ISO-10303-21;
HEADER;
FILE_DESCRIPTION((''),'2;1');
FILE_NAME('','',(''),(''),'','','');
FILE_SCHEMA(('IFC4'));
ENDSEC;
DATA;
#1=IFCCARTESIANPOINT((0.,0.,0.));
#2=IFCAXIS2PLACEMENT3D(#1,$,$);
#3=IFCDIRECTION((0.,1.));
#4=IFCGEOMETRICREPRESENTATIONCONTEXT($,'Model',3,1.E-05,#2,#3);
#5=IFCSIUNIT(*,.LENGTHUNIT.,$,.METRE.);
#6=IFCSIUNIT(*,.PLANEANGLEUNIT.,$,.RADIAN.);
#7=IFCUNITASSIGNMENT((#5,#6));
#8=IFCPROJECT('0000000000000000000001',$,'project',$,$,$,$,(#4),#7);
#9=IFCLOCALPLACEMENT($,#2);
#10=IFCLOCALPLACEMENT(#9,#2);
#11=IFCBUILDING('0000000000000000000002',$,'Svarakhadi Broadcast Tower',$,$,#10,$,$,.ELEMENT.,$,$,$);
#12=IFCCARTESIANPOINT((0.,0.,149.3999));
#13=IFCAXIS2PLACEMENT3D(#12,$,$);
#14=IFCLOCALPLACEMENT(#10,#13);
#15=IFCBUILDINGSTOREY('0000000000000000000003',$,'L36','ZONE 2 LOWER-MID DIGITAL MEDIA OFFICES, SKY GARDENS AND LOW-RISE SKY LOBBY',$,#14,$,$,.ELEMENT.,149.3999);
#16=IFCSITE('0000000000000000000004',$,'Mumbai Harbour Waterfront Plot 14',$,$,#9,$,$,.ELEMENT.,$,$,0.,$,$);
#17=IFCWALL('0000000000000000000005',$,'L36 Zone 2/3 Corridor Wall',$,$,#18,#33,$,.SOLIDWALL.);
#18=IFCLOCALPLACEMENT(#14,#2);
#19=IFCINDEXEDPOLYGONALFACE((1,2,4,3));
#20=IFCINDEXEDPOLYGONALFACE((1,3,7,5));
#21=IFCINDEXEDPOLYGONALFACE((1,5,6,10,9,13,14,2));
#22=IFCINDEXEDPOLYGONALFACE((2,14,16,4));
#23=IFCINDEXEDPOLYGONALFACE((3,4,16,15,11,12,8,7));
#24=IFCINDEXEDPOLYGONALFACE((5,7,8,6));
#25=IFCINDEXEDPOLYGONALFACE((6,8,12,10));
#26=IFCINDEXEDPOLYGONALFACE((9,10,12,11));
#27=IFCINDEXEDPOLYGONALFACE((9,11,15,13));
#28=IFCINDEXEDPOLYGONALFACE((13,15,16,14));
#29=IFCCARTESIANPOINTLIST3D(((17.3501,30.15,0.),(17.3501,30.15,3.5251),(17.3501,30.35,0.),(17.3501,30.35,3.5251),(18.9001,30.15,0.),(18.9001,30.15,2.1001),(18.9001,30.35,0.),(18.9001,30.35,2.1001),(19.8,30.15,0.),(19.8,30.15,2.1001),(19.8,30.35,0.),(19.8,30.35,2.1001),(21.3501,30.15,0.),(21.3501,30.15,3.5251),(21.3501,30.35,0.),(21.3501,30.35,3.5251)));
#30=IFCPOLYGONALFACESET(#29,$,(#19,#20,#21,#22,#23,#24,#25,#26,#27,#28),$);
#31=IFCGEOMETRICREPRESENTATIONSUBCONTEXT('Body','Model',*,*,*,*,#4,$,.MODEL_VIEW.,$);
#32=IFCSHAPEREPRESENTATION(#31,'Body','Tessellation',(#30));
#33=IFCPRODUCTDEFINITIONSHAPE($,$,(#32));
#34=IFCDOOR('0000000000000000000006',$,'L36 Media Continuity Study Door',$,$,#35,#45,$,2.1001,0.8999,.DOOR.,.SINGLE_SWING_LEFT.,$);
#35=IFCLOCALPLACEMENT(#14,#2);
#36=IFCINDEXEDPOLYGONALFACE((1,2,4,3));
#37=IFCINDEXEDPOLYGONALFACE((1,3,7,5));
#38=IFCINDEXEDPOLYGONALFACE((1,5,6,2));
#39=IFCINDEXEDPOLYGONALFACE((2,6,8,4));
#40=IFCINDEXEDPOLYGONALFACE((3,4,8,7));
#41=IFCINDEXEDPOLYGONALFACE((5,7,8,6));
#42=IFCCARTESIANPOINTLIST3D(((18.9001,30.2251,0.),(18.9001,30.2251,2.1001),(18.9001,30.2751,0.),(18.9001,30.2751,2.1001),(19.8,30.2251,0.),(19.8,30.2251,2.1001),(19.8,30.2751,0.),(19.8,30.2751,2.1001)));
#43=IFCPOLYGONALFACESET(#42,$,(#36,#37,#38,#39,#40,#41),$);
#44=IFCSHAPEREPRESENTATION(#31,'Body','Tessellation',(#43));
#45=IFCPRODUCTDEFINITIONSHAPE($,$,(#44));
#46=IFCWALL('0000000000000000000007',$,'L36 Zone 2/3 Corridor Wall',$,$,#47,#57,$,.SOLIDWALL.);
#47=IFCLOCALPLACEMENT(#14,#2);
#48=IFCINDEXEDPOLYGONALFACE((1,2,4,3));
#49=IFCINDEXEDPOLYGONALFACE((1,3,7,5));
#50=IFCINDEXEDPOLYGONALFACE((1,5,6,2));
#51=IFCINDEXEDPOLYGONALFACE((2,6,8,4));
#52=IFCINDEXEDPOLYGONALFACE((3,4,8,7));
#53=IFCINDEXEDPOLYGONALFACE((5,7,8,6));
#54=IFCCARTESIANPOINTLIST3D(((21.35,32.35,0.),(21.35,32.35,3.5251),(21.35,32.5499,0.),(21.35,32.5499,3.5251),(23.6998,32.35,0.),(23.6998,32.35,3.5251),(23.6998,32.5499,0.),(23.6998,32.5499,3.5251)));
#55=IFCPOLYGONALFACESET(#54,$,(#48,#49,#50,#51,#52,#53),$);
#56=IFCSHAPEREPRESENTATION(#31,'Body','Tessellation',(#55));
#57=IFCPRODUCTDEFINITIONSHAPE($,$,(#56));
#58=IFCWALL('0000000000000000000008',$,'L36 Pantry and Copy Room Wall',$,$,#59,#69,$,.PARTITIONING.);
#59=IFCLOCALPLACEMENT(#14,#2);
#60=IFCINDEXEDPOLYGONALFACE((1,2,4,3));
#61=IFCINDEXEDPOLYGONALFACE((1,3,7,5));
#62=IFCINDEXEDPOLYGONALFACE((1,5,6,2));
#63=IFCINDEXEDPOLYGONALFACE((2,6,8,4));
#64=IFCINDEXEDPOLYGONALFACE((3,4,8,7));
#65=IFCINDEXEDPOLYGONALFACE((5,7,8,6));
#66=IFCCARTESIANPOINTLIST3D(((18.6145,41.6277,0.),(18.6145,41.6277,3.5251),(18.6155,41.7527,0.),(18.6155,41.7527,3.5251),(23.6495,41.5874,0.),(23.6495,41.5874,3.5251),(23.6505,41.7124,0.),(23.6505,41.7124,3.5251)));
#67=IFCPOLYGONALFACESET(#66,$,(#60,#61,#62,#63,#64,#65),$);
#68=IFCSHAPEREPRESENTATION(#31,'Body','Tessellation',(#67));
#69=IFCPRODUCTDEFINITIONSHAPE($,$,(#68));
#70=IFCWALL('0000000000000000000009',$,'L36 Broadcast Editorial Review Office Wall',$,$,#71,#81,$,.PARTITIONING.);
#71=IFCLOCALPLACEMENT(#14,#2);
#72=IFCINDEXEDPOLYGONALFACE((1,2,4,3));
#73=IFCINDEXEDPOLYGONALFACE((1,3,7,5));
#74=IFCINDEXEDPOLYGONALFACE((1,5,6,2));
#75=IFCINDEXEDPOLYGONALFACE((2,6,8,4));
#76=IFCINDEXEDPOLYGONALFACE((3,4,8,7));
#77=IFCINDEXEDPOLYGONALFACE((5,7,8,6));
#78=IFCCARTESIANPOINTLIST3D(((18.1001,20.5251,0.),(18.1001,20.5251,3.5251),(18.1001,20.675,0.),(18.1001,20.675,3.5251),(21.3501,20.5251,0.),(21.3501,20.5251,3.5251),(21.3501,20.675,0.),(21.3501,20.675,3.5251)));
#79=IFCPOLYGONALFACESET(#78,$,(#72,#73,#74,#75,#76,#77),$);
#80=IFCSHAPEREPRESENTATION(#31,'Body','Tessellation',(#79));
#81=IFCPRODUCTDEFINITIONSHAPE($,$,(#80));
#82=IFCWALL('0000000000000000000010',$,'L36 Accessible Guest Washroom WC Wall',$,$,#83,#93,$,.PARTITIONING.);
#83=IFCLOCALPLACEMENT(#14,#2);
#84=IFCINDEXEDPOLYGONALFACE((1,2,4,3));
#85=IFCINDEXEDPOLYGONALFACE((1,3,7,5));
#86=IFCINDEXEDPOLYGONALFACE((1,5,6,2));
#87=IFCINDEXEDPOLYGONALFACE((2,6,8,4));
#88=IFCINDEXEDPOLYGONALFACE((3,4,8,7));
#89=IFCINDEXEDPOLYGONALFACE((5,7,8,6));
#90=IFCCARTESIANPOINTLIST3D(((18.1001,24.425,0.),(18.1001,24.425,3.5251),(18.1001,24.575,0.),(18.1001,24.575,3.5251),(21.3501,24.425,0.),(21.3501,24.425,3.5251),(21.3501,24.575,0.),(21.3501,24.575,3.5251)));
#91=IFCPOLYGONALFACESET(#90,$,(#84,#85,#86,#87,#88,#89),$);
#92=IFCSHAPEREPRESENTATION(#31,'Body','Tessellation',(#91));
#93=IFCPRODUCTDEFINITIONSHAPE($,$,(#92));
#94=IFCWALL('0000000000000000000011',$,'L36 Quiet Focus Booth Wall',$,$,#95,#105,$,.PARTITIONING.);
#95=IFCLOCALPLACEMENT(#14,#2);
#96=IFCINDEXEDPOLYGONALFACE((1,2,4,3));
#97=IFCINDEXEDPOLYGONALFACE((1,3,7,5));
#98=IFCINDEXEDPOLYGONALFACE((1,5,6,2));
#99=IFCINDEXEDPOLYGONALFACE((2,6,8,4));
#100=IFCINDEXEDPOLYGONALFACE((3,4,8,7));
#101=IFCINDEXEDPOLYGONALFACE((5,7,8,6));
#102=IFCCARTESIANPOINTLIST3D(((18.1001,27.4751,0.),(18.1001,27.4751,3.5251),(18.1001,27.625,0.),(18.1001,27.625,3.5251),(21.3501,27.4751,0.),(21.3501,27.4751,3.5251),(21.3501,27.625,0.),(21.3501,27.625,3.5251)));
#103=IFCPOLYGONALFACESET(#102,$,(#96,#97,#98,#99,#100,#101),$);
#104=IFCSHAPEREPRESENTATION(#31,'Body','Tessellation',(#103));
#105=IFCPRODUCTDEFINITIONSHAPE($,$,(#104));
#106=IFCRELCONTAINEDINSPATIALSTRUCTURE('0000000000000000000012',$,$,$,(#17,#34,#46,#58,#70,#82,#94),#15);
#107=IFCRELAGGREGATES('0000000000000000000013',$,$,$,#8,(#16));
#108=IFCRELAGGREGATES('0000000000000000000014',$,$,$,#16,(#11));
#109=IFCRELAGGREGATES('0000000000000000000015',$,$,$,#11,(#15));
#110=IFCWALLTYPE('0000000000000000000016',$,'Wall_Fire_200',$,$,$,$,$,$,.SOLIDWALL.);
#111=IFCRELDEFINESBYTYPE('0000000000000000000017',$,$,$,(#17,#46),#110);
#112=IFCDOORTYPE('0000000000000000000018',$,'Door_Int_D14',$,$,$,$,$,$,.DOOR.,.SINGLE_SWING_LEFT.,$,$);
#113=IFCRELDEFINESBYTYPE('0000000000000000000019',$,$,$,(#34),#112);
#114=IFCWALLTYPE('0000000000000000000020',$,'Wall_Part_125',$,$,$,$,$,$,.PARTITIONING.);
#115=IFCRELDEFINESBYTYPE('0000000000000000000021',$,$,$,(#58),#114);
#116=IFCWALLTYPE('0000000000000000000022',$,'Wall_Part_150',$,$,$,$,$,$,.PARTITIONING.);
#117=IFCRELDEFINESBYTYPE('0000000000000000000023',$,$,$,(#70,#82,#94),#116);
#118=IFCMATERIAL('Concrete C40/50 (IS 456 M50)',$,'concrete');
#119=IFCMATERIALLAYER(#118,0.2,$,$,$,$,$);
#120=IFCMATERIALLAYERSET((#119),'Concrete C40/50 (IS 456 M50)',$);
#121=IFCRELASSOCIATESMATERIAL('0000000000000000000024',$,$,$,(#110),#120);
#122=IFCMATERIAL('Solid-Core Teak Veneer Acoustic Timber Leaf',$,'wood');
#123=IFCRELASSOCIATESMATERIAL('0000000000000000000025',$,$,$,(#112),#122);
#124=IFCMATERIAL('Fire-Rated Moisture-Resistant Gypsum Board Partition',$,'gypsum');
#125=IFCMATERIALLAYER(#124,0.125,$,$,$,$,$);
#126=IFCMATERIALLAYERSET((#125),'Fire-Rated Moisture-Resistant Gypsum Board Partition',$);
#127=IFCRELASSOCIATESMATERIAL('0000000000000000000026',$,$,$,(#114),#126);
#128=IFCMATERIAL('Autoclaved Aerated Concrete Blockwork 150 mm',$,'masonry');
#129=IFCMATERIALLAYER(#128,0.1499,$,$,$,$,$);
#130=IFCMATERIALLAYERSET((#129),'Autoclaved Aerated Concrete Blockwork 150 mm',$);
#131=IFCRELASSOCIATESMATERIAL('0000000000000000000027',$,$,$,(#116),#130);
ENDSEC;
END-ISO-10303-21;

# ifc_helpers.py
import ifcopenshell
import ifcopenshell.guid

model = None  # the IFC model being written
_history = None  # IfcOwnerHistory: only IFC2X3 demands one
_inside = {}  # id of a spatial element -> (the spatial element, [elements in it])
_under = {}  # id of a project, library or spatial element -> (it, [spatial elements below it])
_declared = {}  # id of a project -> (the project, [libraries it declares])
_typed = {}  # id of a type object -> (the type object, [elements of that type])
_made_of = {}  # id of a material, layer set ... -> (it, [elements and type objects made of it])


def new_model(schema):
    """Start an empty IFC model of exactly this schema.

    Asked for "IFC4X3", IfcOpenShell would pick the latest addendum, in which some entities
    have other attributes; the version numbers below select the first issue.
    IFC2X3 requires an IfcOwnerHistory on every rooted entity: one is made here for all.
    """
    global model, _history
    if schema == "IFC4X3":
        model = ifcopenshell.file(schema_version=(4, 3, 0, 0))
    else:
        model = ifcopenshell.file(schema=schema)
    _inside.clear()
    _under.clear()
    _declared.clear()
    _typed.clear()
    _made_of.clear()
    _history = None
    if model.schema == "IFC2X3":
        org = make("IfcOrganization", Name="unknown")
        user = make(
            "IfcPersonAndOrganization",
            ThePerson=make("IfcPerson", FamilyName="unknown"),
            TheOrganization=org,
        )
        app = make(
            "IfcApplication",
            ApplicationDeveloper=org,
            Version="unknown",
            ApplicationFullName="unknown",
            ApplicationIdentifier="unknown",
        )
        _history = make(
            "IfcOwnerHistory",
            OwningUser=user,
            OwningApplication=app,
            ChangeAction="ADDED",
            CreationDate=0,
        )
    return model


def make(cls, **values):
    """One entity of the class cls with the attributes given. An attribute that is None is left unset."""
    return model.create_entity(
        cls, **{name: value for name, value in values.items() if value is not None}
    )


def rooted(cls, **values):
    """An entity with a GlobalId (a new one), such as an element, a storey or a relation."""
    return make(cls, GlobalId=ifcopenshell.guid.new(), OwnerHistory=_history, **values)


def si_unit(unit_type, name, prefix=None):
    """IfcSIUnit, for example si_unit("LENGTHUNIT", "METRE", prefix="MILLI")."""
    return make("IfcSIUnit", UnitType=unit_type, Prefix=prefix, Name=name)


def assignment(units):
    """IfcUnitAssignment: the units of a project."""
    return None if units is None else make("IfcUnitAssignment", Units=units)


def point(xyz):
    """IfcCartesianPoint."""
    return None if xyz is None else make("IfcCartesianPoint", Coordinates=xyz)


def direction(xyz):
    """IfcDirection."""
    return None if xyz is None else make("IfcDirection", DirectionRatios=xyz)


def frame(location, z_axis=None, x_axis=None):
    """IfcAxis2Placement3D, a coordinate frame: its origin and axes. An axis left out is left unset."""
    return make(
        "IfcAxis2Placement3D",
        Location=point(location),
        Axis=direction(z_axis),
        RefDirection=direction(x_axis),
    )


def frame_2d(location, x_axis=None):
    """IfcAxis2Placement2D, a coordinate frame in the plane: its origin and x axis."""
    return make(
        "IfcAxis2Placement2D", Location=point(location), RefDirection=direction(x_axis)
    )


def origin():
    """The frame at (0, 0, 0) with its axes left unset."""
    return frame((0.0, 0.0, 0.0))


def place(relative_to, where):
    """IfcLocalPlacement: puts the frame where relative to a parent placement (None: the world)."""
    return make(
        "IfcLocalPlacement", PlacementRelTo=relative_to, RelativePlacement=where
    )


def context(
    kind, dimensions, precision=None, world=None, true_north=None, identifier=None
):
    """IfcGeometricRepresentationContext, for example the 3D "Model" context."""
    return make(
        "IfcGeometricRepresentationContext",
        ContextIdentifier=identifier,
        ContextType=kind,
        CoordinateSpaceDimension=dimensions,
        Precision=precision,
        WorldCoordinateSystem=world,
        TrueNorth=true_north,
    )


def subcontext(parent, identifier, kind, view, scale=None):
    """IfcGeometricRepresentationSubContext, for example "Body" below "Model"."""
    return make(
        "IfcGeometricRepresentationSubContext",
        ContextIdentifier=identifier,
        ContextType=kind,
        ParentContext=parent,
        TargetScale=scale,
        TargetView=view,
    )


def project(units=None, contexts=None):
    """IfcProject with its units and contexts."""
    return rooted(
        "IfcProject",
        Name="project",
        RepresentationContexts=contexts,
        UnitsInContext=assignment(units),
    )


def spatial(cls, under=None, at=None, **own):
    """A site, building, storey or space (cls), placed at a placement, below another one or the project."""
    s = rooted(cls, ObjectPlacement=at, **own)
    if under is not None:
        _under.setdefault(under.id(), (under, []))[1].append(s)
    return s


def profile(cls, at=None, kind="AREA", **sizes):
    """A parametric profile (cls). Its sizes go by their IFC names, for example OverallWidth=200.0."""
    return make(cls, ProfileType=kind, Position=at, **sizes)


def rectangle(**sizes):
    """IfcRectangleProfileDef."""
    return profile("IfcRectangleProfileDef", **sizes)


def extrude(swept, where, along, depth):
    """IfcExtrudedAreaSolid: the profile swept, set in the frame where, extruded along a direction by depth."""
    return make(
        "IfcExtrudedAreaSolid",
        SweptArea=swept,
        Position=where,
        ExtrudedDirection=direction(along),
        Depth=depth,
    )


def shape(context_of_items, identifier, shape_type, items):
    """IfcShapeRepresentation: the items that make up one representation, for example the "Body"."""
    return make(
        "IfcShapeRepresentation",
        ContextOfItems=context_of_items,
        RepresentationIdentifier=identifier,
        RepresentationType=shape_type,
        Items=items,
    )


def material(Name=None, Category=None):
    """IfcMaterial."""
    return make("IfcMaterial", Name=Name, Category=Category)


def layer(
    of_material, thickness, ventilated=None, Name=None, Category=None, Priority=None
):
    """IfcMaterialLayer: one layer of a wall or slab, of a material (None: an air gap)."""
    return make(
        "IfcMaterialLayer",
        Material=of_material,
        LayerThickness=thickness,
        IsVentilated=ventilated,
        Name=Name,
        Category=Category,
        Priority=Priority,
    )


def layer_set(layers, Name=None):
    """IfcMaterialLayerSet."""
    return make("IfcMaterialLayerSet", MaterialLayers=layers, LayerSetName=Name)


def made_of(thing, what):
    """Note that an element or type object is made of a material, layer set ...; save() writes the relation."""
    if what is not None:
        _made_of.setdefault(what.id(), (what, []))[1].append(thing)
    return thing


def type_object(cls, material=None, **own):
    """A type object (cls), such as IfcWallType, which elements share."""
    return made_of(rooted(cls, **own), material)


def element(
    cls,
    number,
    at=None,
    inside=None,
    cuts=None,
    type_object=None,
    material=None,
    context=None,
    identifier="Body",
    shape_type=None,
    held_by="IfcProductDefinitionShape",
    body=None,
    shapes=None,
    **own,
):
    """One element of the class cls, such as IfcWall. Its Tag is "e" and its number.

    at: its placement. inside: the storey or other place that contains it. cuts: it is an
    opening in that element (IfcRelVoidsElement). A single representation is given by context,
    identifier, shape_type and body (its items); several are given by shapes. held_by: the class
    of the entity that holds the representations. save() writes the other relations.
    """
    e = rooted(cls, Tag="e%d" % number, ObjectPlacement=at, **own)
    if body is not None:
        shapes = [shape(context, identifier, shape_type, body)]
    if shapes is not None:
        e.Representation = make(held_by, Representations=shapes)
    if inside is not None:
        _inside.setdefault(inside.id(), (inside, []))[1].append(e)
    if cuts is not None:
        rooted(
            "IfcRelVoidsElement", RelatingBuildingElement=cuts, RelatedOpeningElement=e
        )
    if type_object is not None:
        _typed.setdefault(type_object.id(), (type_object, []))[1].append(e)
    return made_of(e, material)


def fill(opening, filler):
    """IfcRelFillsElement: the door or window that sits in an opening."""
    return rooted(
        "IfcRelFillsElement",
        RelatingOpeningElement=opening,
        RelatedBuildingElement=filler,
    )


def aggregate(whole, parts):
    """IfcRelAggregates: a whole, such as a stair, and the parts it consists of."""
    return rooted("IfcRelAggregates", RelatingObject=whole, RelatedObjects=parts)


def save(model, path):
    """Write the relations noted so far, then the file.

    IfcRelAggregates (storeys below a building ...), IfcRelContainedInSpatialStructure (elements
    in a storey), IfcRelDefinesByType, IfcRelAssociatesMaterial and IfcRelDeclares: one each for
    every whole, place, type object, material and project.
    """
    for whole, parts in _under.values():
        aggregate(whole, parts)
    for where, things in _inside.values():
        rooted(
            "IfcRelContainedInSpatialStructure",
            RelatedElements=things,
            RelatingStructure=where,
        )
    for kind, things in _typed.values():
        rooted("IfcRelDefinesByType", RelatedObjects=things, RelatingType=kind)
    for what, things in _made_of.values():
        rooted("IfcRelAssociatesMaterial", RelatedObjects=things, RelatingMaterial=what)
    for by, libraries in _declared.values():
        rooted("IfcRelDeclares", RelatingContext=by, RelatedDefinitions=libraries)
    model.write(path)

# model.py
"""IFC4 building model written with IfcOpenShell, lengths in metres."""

from ifc_helpers import new_model, si_unit, direction, frame, frame_2d, origin, place, context, subcontext, project, spatial, rectangle, extrude, material, layer, layer_set, type_object, element, fill, save


model = new_model("IFC4")

# Units and contexts
model_context = context("Model", 3, precision=1e-05, world=origin(), true_north=direction((0.0, 1.0)))
body_context = subcontext(model_context, "Body", "Model", "MODEL_VIEW")
ifc_project = project(units=[si_unit("LENGTHUNIT", "METRE"), si_unit("PLANEANGLEUNIT", "RADIAN")], contexts=[model_context])

# Site, building, storey
site_placement = place(None, origin())
site = spatial("IfcSite", under=ifc_project, at=site_placement, Name="Mumbai Harbour Waterfront Plot 14", CompositionType="ELEMENT", RefElevation=0.0)
building_placement = place(site_placement, origin())
building = spatial("IfcBuilding", under=site, at=building_placement, Name="Svarakhadi Broadcast Tower", CompositionType="ELEMENT")
storey_placement = place(building_placement, frame((0.0, 0.0, 149.3999)))
storey = spatial("IfcBuildingStorey", under=building, at=storey_placement, Name="L36", Description="ZONE 2 LOWER-MID DIGITAL MEDIA OFFICES, SKY GARDENS AND LOW-RISE SKY LOBBY", CompositionType="ELEMENT", Elevation=149.3999)

# Wall, opening, door
ifc_material_1 = material(Name="Concrete C40/50 (IS 456 M50)", Category="concrete")
ifc_layer_1 = layer(ifc_material_1, 0.2)
ifc_layer_set_1 = layer_set([ifc_layer_1], Name="Concrete C40/50 (IS 456 M50)")
wall_type_1 = type_object("IfcWallType", Name="Wall_Fire_200", PredefinedType="SOLIDWALL", material=ifc_layer_set_1)
wall_1_placement = place(storey_placement, frame((21.3501, 30.25, 0.0), z_axis=(0.0, 0.0, 1.0), x_axis=(-1.0, 0.0, 0.0)))
wall_1 = element("IfcWall", 1, at=wall_1_placement, inside=storey, type_object=wall_type_1, Name="L36 Zone 2/3 Corridor Wall", PredefinedType="SOLIDWALL", context=body_context, shape_type="SweptSolid", body=[
    extrude(rectangle(XDim=4.0, YDim=0.2, at=frame_2d((2.0, 0.0))), origin(), (0.0, 0.0, 1.0), 3.5251),
])
opening_placement = place(wall_1_placement, frame((1.55, 0.0, 0.0)))
opening = element("IfcOpeningElement", 2, at=opening_placement, cuts=wall_1, PredefinedType="OPENING", context=body_context, shape_type="SweptSolid", body=[
    extrude(rectangle(XDim=0.8999, YDim=2.1001, at=frame_2d((0.45, 1.05))), frame((0.0, 0.1099, 0.0), z_axis=(0.0, -1.0, 0.0), x_axis=(1.0, 0.0, 0.0)), (0.0, 0.0, 1.0), 0.22),
])
ifc_material_2 = material(Name="Solid-Core Teak Veneer Acoustic Timber Leaf", Category="wood")
door_type = type_object("IfcDoorType", Name="Door_Int_D14", OperationType="SINGLE_SWING_LEFT", PredefinedType="DOOR", material=ifc_material_2)
door_placement = place(opening_placement, origin())
door = element("IfcDoor", 3, at=door_placement, inside=storey, type_object=door_type, Name="L36 Media Continuity Study Door", OperationType="SINGLE_SWING_LEFT", OverallHeight=2.1001, OverallWidth=0.8999, PredefinedType="DOOR", context=body_context, shape_type="SweptSolid", body=[
    extrude(rectangle(XDim=0.8999, YDim=2.1001, at=frame_2d((0.45, 1.05))), frame((0.0, 0.0249, 0.0), z_axis=(0.0, -1.0, 0.0), x_axis=(1.0, 0.0, 0.0)), (0.0, 0.0, 1.0), 0.05),
])
fill(opening, door)

# Walls
wall_2_placement = place(storey_placement, frame((21.3501, 32.45, 0.0), z_axis=(0.0, 0.0, 1.0), x_axis=(1.0, 0.0, 0.0)))
element("IfcWall", 4, at=wall_2_placement, inside=storey, type_object=wall_type_1, Name="L36 Zone 2/3 Corridor Wall", PredefinedType="SOLIDWALL", context=body_context, shape_type="SweptSolid", body=[
    extrude(rectangle(XDim=2.3499, YDim=0.2, at=frame_2d((1.1748, 0.0))), origin(), (0.0, 0.0, 1.0), 3.5251),
])
ifc_material_3 = material(Name="Fire-Rated Moisture-Resistant Gypsum Board Partition", Category="gypsum")
ifc_layer_2 = layer(ifc_material_3, 0.125)
ifc_layer_set_2 = layer_set([ifc_layer_2], Name="Fire-Rated Moisture-Resistant Gypsum Board Partition")
wall_type_2 = type_object("IfcWallType", Name="Wall_Part_125", PredefinedType="PARTITIONING", material=ifc_layer_set_2)
wall_3_placement = place(storey_placement, frame((18.615, 41.6902, 0.0), z_axis=(0.0, 0.0, 1.0), x_axis=(0.999968, -0.008001, 0.0)))
element("IfcWall", 5, at=wall_3_placement, inside=storey, type_object=wall_type_2, Name="L36 Pantry and Copy Room Wall", PredefinedType="PARTITIONING", context=body_context, shape_type="SweptSolid", body=[
    extrude(rectangle(XDim=5.0352, YDim=0.125, at=frame_2d((2.5176, 0.0))), origin(), (0.0, 0.0, 1.0), 3.5251),
])
ifc_material_4 = material(Name="Autoclaved Aerated Concrete Blockwork 150 mm", Category="masonry")
ifc_layer_3 = layer(ifc_material_4, 0.1499)
ifc_layer_set_3 = layer_set([ifc_layer_3], Name="Autoclaved Aerated Concrete Blockwork 150 mm")
wall_type_3 = type_object("IfcWallType", Name="Wall_Part_150", PredefinedType="PARTITIONING", material=ifc_layer_set_3)
for number, where, z_axis, x_axis, name in (
    (6, (18.1001, 20.6001, 0.0), (0.0, 0.0, 1.0), (1.0, 0.0, 0.0), "L36 Broadcast Editorial Review Office Wall"),
    (7, (18.1001, 24.5, 0.0), (0.0, 0.0, 1.0), (1.0, 0.0, 0.0), "L36 Accessible Guest Washroom WC Wall"),
    (8, (18.1001, 27.55, 0.0), (0.0, 0.0, 1.0), (1.0, 0.0, 0.0), "L36 Quiet Focus Booth Wall"),
):
    element("IfcWall", number, at=place(storey_placement, frame(where, z_axis=z_axis, x_axis=x_axis)), inside=storey, type_object=wall_type_3, Name=name, PredefinedType="PARTITIONING", context=body_context, shape_type="SweptSolid", body=[
        extrude(rectangle(XDim=3.25, YDim=0.1499, at=frame_2d((1.625, 0.0))), origin(), (0.0, 0.0, 1.0), 3.5251),
    ])

save(model, "model.ifc")
